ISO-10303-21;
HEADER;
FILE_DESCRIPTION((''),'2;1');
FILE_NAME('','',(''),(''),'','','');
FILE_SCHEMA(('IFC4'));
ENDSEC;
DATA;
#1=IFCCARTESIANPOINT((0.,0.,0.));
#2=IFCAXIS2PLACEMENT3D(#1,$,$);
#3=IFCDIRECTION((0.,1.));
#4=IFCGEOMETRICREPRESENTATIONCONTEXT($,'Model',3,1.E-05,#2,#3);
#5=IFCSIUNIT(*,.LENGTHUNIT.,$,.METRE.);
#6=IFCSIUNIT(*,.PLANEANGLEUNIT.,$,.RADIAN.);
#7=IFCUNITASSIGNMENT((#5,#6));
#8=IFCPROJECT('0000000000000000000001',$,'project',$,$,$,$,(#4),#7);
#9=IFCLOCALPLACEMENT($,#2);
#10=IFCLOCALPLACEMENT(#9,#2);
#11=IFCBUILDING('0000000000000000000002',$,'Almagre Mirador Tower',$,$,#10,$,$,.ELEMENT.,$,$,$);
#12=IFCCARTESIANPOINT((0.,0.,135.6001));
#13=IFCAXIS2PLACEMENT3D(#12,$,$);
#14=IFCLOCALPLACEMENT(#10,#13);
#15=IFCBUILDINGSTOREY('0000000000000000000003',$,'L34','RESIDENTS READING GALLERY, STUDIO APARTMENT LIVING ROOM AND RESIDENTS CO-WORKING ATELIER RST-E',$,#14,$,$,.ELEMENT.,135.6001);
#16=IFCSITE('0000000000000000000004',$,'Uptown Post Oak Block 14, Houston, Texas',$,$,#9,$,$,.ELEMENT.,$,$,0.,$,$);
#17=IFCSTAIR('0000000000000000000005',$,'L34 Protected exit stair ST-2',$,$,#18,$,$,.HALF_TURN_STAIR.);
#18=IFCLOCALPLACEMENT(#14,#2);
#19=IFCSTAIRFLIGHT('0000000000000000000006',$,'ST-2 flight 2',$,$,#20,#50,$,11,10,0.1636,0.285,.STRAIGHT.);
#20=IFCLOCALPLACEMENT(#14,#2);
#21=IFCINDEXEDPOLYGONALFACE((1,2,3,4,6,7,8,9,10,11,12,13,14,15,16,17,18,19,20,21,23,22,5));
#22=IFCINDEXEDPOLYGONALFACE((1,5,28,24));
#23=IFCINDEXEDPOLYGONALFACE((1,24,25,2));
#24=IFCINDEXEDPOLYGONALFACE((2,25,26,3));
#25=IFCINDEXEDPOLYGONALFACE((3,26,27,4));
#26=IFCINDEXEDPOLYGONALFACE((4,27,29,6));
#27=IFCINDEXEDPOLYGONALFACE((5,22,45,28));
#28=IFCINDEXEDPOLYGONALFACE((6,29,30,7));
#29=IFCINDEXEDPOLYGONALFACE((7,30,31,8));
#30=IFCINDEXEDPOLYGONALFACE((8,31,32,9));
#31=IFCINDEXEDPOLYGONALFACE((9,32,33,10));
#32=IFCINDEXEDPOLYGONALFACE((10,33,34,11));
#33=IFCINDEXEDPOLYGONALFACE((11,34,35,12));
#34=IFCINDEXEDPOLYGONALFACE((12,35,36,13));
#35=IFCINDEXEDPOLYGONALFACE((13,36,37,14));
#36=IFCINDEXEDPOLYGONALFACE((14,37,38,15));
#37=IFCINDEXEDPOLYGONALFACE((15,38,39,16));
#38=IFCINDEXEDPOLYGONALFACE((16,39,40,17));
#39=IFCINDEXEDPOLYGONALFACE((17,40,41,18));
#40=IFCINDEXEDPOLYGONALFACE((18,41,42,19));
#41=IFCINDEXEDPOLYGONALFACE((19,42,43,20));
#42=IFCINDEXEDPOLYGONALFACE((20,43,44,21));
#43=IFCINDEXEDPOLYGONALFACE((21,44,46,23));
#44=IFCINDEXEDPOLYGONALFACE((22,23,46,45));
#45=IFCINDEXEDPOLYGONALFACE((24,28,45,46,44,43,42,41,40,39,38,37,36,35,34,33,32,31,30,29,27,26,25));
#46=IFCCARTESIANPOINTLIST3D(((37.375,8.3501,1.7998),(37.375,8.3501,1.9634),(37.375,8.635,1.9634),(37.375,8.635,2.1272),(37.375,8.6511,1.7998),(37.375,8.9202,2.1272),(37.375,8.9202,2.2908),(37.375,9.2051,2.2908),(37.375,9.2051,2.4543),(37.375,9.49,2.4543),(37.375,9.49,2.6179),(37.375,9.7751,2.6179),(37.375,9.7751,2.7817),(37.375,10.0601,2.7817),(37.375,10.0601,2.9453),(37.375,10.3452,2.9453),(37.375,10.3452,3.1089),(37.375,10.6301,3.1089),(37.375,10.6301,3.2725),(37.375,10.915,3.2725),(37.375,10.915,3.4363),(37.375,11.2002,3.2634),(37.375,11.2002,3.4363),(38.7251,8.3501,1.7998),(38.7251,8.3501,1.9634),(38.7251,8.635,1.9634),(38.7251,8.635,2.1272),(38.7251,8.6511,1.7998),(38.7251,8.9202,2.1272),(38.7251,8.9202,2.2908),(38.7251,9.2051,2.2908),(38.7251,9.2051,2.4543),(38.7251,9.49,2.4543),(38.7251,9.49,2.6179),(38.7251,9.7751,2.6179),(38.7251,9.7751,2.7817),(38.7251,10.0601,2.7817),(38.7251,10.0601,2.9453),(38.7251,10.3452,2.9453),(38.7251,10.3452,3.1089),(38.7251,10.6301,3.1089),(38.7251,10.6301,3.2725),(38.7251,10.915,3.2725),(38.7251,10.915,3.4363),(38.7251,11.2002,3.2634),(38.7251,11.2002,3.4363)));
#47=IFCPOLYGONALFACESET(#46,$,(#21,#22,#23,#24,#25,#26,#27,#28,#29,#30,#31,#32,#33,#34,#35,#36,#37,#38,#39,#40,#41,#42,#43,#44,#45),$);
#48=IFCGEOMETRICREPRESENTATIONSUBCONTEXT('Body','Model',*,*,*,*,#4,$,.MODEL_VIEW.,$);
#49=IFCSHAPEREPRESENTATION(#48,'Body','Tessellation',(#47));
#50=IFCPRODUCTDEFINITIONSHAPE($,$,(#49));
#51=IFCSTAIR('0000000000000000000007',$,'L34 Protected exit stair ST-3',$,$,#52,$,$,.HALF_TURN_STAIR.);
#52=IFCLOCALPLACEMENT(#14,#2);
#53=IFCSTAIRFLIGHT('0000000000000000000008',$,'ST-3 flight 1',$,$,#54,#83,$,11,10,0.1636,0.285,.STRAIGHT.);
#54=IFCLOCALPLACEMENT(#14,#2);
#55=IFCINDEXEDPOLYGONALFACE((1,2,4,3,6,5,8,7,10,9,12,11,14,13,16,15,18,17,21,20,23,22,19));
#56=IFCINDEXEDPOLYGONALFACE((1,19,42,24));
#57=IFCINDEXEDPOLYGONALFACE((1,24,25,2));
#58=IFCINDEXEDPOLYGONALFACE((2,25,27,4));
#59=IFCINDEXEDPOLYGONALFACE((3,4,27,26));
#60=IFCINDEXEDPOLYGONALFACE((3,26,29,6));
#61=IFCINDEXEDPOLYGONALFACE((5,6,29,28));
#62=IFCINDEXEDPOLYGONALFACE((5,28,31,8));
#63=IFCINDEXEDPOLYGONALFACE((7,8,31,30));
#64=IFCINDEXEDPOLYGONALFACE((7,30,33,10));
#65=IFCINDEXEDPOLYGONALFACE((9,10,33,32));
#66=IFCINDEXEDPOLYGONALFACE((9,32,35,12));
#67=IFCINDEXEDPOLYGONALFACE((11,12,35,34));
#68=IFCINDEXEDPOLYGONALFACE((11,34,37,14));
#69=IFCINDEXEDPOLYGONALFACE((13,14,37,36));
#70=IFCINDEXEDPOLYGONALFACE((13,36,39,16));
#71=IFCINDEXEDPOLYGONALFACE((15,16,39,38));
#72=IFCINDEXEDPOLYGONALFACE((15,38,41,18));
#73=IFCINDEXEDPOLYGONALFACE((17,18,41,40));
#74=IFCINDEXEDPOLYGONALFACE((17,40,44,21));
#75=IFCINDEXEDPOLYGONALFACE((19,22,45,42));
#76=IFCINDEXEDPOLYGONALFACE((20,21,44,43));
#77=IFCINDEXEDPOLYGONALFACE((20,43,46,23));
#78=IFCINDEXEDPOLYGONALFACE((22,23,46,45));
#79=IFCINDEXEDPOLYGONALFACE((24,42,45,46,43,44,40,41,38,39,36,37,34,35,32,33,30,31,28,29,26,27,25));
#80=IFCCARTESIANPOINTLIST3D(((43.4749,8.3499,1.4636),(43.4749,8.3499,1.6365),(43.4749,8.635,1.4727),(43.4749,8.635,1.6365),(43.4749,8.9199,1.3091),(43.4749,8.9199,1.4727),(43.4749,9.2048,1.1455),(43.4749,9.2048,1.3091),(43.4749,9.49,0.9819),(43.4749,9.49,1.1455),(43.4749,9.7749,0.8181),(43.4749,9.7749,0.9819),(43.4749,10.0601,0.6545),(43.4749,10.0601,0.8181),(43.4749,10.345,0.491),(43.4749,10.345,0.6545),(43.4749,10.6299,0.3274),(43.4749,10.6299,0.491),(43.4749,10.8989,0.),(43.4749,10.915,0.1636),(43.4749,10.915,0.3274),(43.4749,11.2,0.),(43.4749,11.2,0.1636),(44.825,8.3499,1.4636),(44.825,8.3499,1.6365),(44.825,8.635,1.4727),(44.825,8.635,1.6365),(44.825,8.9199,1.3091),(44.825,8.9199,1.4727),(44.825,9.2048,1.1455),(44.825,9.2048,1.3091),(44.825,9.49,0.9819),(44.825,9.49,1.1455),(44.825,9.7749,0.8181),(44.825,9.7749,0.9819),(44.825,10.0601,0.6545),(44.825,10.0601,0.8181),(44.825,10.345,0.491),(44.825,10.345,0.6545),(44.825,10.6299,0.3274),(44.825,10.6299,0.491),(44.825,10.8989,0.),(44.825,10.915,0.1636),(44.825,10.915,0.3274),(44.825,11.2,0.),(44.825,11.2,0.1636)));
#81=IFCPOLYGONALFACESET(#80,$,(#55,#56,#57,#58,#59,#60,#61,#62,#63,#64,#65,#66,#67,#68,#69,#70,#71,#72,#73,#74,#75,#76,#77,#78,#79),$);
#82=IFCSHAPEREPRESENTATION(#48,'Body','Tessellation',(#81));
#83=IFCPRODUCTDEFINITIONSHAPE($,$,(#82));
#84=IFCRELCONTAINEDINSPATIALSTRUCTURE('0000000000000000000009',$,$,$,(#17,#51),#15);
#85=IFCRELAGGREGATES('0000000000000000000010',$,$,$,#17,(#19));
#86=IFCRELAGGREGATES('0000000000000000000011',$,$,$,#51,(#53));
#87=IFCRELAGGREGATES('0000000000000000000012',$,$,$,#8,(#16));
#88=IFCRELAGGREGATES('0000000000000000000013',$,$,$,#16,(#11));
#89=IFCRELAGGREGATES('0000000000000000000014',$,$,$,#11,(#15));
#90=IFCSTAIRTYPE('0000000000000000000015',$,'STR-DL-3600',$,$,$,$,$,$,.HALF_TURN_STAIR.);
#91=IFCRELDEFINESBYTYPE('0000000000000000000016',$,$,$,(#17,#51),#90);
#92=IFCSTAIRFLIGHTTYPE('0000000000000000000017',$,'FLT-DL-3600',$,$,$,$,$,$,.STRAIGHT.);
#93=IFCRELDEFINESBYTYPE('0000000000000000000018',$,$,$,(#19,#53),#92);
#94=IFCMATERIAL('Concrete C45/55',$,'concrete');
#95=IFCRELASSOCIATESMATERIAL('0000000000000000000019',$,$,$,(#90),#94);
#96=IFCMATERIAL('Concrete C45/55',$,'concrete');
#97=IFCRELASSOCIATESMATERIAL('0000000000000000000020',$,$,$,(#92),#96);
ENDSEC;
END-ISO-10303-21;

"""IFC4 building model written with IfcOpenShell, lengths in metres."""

from ifc_helpers import new_model, si_unit, direction, frame, origin, place, context, subcontext, project, spatial, polyline, outline, extrude, material, type_object, element, aggregate, save


model = new_model("IFC4")

# Units and contexts
model_context = context("Model", 3, precision=1e-05, world=origin(), true_north=direction((0.0, 1.0)))
body_context = subcontext(model_context, "Body", "Model", "MODEL_VIEW")
ifc_project = project(units=[si_unit("LENGTHUNIT", "METRE"), si_unit("PLANEANGLEUNIT", "RADIAN")], contexts=[model_context])

# Site, building, storey
site_placement = place(None, origin())
site = spatial("IfcSite", under=ifc_project, at=site_placement, Name="Uptown Post Oak Block 14, Houston, Texas", CompositionType="ELEMENT", RefElevation=0.0)
building_placement = place(site_placement, origin())
building = spatial("IfcBuilding", under=site, at=building_placement, Name="Almagre Mirador Tower", CompositionType="ELEMENT")
storey_placement = place(building_placement, frame((0.0, 0.0, 135.6001)))
storey = spatial("IfcBuildingStorey", under=building, at=storey_placement, Name="L34", Description="RESIDENTS READING GALLERY, STUDIO APARTMENT LIVING ROOM AND RESIDENTS CO-WORKING ATELIER RST-E", CompositionType="ELEMENT", Elevation=135.6001)

# Stair, stair flight
ifc_material_1 = material(Name="Concrete C45/55", Category="concrete")
stair_type = type_object("IfcStairType", Name="STR-DL-3600", PredefinedType="HALF_TURN_STAIR", material=ifc_material_1)
stair_1_placement = place(storey_placement, origin())
stair_1 = element("IfcStair", 1, at=stair_1_placement, inside=storey, type_object=stair_type, Name="L34 Protected exit stair ST-2", PredefinedType="HALF_TURN_STAIR")
ifc_material_2 = material(Name="Concrete C45/55", Category="concrete")
stair_flight_type = type_object("IfcStairFlightType", Name="FLT-DL-3600", PredefinedType="STRAIGHT", material=ifc_material_2)
stair_flight_1_placement = place(storey_placement, frame((38.05, 8.3501, 1.7998), z_axis=(0.0, 0.0, 1.0), x_axis=(0.0, 1.0, 0.0)))
stair_flight_1 = element("IfcStairFlight", 2, at=stair_flight_1_placement, type_object=stair_flight_type, Name="ST-2 flight 2", NumberOfRisers=11, NumberOfTreads=10, PredefinedType="STRAIGHT", RiserHeight=0.1636, TreadLength=0.285, context=body_context, shape_type="SweptSolid", body=[
    extrude(outline(polyline([(0.0, 0.0), (0.0, 0.1636), (0.2849, 0.1636), (0.2849, 0.3274), (0.5701, 0.3274), (0.5701, 0.491), (0.855, 0.491), (0.855, 0.6545), (1.1399, 0.6545), (1.1399, 0.8181), (1.425, 0.8181), (1.425, 0.9819), (1.71, 0.9819), (1.71, 1.1455), (1.9951, 1.1455), (1.9951, 1.3091), (2.28, 1.3091), (2.28, 1.4727), (2.5649, 1.4727), (2.5649, 1.6365), (2.8501, 1.6365), (2.8501, 1.8), (2.8501, 1.4636), (0.301, 0.0), (0.0, 0.0)])), frame((0.0, 0.675, 0.0), z_axis=(0.0, -1.0, 0.0), x_axis=(1.0, 0.0, 0.0)), (0.0, 0.0, 1.0), 1.3501),
])
aggregate(stair_1, [stair_flight_1])

# Stair, stair flight
stair_2_placement = place(storey_placement, origin())
stair_2 = element("IfcStair", 3, at=stair_2_placement, inside=storey, type_object=stair_type, Name="L34 Protected exit stair ST-3", PredefinedType="HALF_TURN_STAIR")
stair_flight_2_placement = place(storey_placement, frame((44.1499, 11.2, 0.0), z_axis=(0.0, 0.0, 1.0), x_axis=(0.0, -1.0, 0.0)))
stair_flight_2 = element("IfcStairFlight", 4, at=stair_flight_2_placement, type_object=stair_flight_type, Name="ST-3 flight 1", NumberOfRisers=11, NumberOfTreads=10, PredefinedType="STRAIGHT", RiserHeight=0.1636, TreadLength=0.285, context=body_context, shape_type="SweptSolid", body=[
    extrude(outline(polyline([(0.0, 0.0), (0.0, 0.1636), (0.2849, 0.1636), (0.2849, 0.3274), (0.5701, 0.3274), (0.5701, 0.491), (0.855, 0.491), (0.855, 0.6545), (1.1399, 0.6545), (1.1399, 0.8181), (1.425, 0.8181), (1.425, 0.9819), (1.71, 0.9819), (1.71, 1.1455), (1.9951, 1.1455), (1.9951, 1.3091), (2.28, 1.3091), (2.28, 1.4727), (2.5649, 1.4727), (2.5649, 1.6365), (2.8501, 1.6365), (2.8501, 1.8), (2.8501, 1.4636), (0.301, 0.0), (0.0, 0.0)])), frame((0.0, 0.675, 0.0), z_axis=(0.0, -1.0, 0.0), x_axis=(1.0, 0.0, 0.0)), (0.0, 0.0, 1.0), 1.3501),
])
aggregate(stair_2, [stair_flight_2])

save(model, "model.ifc")
